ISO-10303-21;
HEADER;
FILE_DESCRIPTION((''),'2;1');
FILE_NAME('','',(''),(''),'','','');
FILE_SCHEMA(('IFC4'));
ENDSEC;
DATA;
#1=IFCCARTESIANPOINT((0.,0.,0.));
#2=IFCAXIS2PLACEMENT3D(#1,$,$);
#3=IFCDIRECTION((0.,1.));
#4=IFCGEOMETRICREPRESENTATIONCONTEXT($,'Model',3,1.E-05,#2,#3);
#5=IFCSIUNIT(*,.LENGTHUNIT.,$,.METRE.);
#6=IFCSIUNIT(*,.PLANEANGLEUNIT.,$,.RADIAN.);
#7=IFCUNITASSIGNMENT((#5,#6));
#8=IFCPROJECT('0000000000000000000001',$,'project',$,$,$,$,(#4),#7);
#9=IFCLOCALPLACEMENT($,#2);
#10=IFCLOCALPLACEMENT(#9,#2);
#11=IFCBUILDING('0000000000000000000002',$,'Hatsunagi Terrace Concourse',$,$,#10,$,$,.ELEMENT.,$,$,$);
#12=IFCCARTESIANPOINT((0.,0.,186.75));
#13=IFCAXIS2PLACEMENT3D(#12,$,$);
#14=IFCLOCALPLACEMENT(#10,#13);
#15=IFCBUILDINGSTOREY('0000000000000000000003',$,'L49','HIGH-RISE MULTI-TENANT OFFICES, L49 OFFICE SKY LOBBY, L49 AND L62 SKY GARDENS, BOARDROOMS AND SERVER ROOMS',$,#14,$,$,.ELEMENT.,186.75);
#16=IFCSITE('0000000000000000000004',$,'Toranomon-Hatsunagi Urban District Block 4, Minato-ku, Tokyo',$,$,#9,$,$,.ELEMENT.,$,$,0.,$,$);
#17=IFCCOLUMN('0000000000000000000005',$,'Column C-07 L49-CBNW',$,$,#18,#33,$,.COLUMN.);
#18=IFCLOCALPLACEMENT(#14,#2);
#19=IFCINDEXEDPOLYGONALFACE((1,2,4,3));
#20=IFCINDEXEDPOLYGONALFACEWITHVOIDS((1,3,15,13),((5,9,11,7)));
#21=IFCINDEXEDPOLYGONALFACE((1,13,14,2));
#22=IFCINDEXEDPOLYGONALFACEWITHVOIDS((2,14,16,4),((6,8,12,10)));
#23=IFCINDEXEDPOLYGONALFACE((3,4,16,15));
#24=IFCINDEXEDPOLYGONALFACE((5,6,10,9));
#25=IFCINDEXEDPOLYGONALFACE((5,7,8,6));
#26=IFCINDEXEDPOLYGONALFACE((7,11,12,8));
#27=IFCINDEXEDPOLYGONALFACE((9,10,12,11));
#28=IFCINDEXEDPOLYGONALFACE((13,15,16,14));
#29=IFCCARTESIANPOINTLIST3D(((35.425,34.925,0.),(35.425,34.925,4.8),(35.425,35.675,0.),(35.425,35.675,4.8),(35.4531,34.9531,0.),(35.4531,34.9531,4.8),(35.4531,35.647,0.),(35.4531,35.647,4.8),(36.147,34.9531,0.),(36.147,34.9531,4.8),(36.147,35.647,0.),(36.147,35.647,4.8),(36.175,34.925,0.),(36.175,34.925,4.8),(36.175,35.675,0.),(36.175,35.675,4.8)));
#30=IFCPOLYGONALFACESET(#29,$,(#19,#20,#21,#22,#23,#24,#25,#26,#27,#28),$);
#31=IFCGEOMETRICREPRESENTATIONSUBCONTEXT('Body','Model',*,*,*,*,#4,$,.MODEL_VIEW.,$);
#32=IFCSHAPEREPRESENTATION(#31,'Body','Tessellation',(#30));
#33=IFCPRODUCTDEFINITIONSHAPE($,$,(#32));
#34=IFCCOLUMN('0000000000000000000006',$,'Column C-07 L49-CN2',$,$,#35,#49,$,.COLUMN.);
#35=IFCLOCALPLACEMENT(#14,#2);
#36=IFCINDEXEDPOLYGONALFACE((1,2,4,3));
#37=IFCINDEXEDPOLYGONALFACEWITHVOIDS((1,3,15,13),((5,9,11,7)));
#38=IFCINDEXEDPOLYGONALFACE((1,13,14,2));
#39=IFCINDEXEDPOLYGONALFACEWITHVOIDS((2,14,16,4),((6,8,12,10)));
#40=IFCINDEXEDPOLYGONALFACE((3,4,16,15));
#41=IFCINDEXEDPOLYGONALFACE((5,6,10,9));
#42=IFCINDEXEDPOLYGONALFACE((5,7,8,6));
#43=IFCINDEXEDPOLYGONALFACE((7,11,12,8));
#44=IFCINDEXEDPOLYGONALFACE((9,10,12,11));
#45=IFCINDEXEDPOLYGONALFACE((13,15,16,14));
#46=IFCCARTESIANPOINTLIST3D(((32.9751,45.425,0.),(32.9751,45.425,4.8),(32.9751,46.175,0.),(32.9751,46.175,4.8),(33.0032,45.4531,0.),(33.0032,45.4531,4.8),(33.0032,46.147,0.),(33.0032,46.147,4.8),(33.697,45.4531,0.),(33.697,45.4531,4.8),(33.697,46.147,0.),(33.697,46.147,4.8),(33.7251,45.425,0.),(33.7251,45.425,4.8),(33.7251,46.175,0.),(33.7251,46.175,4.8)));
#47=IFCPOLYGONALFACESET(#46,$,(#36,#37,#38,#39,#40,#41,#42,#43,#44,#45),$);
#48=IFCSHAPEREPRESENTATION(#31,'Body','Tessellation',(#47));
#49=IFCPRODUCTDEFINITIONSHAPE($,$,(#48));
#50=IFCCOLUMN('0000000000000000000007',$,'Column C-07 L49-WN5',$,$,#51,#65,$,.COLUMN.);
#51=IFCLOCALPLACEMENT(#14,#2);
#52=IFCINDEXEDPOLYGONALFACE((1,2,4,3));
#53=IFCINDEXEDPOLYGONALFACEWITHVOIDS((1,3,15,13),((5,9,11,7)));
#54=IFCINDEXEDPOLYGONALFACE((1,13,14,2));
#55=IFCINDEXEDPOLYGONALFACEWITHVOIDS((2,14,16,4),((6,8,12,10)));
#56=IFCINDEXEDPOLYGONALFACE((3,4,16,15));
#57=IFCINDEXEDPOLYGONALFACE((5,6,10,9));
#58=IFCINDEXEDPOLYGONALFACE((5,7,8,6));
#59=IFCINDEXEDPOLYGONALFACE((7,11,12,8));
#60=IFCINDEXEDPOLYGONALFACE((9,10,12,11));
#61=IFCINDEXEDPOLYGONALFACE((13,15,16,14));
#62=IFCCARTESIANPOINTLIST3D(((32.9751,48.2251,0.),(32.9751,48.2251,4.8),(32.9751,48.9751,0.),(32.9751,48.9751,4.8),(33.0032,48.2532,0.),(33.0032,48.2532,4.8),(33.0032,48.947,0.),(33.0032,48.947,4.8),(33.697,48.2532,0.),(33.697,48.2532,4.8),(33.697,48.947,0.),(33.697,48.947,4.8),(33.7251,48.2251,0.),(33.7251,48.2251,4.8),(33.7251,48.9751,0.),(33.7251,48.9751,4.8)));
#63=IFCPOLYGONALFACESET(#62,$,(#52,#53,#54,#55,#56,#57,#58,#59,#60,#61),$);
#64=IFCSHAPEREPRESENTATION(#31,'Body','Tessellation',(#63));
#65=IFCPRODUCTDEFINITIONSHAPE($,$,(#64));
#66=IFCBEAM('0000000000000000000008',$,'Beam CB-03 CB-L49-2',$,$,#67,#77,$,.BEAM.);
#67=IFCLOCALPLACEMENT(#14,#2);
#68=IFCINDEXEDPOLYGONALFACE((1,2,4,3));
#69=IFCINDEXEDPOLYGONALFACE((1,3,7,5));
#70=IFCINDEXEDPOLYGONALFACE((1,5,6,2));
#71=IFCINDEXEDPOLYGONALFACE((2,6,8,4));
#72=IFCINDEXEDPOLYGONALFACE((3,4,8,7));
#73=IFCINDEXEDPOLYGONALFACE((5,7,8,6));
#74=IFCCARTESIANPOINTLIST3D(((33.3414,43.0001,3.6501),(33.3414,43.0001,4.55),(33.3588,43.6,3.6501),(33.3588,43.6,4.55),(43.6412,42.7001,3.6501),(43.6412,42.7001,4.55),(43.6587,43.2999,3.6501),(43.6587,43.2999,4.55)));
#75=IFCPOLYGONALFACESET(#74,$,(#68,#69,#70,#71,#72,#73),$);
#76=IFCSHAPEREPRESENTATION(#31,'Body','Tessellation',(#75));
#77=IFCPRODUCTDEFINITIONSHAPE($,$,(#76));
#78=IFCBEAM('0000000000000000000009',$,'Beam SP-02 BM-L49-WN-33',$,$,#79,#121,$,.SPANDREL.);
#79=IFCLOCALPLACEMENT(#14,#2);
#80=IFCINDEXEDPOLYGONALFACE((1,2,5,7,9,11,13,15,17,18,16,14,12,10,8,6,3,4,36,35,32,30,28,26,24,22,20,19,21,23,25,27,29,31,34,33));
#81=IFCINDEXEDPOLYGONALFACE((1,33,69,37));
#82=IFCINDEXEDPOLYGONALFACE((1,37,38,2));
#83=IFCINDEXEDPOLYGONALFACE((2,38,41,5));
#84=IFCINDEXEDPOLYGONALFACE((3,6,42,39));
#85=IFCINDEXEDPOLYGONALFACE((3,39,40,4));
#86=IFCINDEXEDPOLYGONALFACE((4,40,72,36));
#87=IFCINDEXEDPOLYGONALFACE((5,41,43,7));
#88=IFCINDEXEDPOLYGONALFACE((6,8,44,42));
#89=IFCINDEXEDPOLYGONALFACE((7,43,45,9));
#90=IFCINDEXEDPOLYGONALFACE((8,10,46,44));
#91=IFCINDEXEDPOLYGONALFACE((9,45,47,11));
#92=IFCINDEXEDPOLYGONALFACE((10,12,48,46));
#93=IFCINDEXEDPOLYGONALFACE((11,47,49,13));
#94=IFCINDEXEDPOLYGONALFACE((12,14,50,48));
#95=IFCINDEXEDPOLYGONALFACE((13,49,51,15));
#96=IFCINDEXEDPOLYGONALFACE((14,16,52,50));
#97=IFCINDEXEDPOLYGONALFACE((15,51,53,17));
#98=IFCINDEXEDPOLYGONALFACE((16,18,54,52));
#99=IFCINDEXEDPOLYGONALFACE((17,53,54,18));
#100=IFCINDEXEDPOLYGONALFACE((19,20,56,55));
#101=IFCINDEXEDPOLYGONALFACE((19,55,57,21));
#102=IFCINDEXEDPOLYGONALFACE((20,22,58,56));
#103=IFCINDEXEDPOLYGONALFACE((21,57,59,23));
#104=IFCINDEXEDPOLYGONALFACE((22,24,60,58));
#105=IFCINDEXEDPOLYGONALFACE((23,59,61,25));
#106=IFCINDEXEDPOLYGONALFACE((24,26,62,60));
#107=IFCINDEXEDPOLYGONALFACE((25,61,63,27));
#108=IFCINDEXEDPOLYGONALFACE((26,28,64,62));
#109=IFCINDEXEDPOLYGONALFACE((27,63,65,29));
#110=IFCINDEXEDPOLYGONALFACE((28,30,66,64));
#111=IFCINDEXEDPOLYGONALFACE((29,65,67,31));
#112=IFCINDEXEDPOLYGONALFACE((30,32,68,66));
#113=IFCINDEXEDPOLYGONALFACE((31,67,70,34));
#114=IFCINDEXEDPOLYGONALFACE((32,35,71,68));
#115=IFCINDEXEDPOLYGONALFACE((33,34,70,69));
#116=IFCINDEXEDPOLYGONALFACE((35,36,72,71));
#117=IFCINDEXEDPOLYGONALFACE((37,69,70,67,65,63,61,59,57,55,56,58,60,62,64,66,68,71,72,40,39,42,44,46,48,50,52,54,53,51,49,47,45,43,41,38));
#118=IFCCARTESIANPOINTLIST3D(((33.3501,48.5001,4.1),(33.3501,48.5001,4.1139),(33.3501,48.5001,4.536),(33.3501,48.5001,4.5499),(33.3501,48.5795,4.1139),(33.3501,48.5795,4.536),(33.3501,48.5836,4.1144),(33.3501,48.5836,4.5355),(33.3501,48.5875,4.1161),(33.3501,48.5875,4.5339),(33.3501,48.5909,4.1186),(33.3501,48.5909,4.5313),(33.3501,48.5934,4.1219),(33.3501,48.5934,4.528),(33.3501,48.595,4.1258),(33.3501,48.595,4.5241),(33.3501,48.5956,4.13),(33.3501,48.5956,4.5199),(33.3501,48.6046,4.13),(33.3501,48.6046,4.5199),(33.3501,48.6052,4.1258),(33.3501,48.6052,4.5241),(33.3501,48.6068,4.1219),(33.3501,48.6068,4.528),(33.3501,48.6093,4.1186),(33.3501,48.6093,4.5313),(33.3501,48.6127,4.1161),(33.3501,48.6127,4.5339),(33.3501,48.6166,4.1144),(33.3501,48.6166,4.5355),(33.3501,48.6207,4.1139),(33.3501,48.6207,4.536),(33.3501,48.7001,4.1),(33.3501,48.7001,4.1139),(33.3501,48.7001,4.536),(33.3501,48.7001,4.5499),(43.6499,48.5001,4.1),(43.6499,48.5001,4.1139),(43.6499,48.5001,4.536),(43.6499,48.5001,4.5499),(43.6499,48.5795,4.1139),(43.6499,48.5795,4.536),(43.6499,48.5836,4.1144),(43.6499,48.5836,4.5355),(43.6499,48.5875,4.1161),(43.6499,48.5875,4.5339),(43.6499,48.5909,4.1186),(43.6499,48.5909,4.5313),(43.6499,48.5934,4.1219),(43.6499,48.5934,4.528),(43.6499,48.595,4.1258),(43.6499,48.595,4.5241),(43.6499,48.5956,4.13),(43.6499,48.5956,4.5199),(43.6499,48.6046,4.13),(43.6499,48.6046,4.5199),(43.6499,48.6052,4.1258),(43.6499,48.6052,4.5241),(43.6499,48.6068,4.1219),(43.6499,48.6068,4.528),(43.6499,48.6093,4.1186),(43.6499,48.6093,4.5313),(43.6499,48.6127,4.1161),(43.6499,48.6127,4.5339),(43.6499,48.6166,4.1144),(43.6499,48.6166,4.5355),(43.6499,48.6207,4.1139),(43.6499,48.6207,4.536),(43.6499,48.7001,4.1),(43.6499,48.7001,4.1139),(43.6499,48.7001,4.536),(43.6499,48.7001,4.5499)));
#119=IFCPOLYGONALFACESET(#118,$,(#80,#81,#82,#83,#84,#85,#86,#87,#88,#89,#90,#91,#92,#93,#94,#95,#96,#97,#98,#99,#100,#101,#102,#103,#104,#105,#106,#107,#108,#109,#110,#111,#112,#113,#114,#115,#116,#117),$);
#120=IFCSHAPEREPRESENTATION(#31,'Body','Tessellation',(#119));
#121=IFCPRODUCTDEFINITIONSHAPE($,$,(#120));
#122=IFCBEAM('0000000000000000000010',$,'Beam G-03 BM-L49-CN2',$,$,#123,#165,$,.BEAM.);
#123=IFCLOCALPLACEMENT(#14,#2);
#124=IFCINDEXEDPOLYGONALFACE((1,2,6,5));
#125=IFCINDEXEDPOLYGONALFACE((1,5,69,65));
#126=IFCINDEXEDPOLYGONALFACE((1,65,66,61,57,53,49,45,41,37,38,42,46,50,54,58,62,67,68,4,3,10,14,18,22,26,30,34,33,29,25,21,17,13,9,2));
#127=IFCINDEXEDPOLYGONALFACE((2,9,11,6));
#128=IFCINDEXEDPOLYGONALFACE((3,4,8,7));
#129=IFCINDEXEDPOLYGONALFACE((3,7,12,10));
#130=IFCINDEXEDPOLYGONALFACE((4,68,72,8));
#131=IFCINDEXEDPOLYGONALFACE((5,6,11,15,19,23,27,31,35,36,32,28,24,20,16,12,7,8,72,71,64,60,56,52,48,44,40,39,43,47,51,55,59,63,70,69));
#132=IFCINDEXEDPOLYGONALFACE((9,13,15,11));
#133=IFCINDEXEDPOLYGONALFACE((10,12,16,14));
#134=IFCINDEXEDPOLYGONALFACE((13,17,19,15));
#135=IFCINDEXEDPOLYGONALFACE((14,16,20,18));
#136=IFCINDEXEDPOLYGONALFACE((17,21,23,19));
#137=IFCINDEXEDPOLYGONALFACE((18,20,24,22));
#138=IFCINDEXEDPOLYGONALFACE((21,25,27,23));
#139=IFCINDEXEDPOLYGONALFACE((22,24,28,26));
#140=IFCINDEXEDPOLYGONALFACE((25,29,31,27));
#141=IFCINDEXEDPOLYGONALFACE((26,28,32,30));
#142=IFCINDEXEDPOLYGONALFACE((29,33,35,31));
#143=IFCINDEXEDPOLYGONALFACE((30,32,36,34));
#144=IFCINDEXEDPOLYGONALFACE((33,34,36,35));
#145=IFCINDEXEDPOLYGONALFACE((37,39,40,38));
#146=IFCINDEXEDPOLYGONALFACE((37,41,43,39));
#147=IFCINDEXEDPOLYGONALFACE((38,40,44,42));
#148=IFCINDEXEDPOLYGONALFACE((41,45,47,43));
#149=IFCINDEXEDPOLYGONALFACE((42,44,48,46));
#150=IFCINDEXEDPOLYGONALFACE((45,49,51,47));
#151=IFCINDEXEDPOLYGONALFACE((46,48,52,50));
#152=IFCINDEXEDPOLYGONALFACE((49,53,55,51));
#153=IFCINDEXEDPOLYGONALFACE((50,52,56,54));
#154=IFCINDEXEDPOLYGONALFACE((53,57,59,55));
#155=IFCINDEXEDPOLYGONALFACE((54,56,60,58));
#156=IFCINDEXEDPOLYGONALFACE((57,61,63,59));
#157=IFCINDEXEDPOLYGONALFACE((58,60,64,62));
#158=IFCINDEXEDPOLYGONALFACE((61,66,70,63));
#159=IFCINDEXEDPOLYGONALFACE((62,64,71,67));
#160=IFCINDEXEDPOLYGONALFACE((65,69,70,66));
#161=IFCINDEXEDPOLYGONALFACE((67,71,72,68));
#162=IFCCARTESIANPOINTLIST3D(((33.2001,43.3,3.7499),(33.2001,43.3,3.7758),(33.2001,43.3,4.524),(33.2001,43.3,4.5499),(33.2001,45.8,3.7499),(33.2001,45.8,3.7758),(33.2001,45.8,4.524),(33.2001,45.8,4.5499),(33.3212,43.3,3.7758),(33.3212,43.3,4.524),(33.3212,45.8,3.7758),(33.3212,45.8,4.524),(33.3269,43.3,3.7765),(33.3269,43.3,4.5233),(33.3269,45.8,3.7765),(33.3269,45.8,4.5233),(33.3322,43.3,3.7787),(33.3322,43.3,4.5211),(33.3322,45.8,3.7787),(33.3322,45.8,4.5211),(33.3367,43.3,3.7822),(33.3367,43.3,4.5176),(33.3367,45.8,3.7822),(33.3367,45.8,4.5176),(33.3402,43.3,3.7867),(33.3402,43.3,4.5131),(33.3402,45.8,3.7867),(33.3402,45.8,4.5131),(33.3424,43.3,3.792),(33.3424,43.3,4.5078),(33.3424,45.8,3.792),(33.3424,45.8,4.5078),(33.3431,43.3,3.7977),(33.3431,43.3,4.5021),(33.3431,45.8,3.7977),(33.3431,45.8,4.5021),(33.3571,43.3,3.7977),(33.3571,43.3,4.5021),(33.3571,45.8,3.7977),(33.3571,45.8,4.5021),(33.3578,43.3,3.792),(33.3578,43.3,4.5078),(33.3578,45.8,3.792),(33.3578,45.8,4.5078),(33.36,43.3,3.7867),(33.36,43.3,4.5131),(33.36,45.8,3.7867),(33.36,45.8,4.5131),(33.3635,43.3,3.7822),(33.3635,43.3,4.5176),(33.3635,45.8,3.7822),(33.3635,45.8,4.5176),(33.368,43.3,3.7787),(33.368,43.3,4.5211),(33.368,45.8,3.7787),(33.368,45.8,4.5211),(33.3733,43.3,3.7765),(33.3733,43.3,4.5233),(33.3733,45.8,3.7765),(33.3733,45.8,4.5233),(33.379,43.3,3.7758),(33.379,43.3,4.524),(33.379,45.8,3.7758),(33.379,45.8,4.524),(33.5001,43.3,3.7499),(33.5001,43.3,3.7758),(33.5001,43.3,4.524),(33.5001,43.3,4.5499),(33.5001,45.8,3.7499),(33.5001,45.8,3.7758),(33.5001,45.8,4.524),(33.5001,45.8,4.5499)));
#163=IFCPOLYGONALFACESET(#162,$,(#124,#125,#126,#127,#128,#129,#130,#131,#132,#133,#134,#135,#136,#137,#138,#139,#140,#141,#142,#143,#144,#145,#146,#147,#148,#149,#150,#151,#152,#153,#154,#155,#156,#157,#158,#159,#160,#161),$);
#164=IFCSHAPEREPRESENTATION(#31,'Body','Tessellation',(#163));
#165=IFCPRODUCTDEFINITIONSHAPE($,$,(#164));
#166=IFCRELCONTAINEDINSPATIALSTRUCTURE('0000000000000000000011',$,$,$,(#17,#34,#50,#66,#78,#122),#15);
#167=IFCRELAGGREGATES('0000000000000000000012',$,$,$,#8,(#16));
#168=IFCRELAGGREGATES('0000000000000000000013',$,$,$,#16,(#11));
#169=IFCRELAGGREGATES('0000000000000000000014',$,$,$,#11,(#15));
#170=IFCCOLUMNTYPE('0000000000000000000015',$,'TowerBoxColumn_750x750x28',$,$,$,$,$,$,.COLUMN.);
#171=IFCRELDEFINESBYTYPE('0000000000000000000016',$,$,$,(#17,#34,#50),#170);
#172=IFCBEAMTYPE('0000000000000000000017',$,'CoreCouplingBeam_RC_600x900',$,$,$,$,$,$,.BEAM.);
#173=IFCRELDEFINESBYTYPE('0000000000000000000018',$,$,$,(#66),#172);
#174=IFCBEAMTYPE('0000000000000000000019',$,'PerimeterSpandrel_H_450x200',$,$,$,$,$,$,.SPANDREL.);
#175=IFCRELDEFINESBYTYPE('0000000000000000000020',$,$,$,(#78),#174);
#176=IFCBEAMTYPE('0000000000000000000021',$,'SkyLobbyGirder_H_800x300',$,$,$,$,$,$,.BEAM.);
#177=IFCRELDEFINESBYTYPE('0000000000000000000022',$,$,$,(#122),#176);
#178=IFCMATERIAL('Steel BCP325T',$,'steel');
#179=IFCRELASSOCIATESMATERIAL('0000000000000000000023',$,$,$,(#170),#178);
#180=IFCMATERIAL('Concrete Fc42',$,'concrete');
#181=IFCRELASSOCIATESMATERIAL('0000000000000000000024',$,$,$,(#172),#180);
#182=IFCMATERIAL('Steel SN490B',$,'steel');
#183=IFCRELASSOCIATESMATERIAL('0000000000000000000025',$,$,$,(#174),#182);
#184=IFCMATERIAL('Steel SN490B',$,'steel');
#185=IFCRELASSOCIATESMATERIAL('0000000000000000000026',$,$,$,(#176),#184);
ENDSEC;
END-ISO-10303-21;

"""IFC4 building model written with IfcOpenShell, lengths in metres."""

from ifc_helpers import new_model, si_unit, direction, frame, origin, origin_2d, place, context, subcontext, project, spatial, rectangle, hollow_rectangle, i_section, extrude, material, material_profile, profile_set, type_object, element, save


model = new_model("IFC4")

# Units and contexts
model_context = context("Model", 3, precision=1e-05, world=origin(), true_north=direction((0.0, 1.0)))
body_context = subcontext(model_context, "Body", "Model", "MODEL_VIEW")
ifc_project = project(units=[si_unit("LENGTHUNIT", "METRE"), si_unit("PLANEANGLEUNIT", "RADIAN")], contexts=[model_context])

# Site, building, storey
site_placement = place(None, origin())
site = spatial("IfcSite", under=ifc_project, at=site_placement, Name="Toranomon-Hatsunagi Urban District Block 4, Minato-ku, Tokyo", CompositionType="ELEMENT", RefElevation=0.0)
building_placement = place(site_placement, origin())
building = spatial("IfcBuilding", under=site, at=building_placement, Name="Hatsunagi Terrace Concourse", CompositionType="ELEMENT")
storey_placement = place(building_placement, frame((0.0, 0.0, 186.75)))
storey = spatial("IfcBuildingStorey", under=building, at=storey_placement, Name="L49", Description="HIGH-RISE MULTI-TENANT OFFICES, L49 OFFICE SKY LOBBY, L49 AND L62 SKY GARDENS, BOARDROOMS AND SERVER ROOMS", CompositionType="ELEMENT", Elevation=186.75)

# Columns
ifc_material_1 = material(Name="Steel BCP325T", Category="steel")
ifc_material_profile_1 = material_profile(ifc_material_1, hollow_rectangle(XDim=0.75, YDim=0.75, WallThickness=0.0281, at=origin_2d()), Name="BCP-750x750x28")
ifc_profile_set_1 = profile_set([ifc_material_profile_1], Name="Steel BCP325T")
column_type = type_object("IfcColumnType", Name="TowerBoxColumn_750x750x28", PredefinedType="COLUMN", material=ifc_profile_set_1)
for number, where, z_axis, x_axis, name in (
    (1, (35.8, 35.3, 0.0), (0.0, 0.0, 1.0), (1.0, 0.0, 0.0), "Column C-07 L49-CBNW"),
    (2, (33.3501, 45.8, 0.0), (0.0, 0.0, 1.0), (1.0, 0.0, 0.0), "Column C-07 L49-CN2"),
    (3, (33.3501, 48.6001, 0.0), (0.0, 0.0, 1.0), (1.0, 0.0, 0.0), "Column C-07 L49-WN5"),
):
    element("IfcColumn", number, at=place(storey_placement, frame(where, z_axis=z_axis, x_axis=x_axis)), inside=storey, type_object=column_type, Name=name, PredefinedType="COLUMN", context=body_context, shape_type="SweptSolid", body=[
        extrude(hollow_rectangle(XDim=0.75, YDim=0.75, WallThickness=0.0281, at=origin_2d()), origin(), (0.0, 0.0, 1.0), 4.8),
    ])

# Beams
ifc_material_2 = material(Name="Concrete Fc42", Category="concrete")
ifc_material_profile_2 = material_profile(ifc_material_2, rectangle(XDim=0.6001, YDim=0.8999, at=origin_2d()), Name="RC-600x900")
ifc_profile_set_2 = profile_set([ifc_material_profile_2], Name="Concrete Fc42")
beam_type_1 = type_object("IfcBeamType", Name="CoreCouplingBeam_RC_600x900", PredefinedType="BEAM", material=ifc_profile_set_2)
beam_1_placement = place(storey_placement, frame((33.3501, 43.3, 4.1001), z_axis=(0.999576, -0.029119, 0.0), x_axis=(0.029119, 0.999576, 0.0)))
element("IfcBeam", 4, at=beam_1_placement, inside=storey, type_object=beam_type_1, Name="Beam CB-03 CB-L49-2", PredefinedType="BEAM", context=body_context, shape_type="SweptSolid", body=[
    extrude(rectangle(XDim=0.6001, YDim=0.8999, at=origin_2d()), origin(), (0.0, 0.0, 1.0), 10.3042),
])
ifc_material_3 = material(Name="Steel SN490B", Category="steel")
ifc_material_profile_3 = material_profile(ifc_material_3, i_section(OverallWidth=0.2, OverallDepth=0.45, WebThickness=0.009, FlangeThickness=0.0139, FilletRadius=0.0161, at=origin_2d()), Name="H-450x200x9x14")
ifc_profile_set_3 = profile_set([ifc_material_profile_3], Name="Steel SN490B")
beam_type_2 = type_object("IfcBeamType", Name="PerimeterSpandrel_H_450x200", PredefinedType="SPANDREL", material=ifc_profile_set_3)
beam_2_placement = place(storey_placement, frame((33.3501, 48.6001, 4.325), z_axis=(1.0, 0.0, 0.0), x_axis=(0.0, 1.0, 0.0)))
element("IfcBeam", 5, at=beam_2_placement, inside=storey, type_object=beam_type_2, Name="Beam SP-02 BM-L49-WN-33", PredefinedType="SPANDREL", context=body_context, shape_type="SweptSolid", body=[
    extrude(i_section(OverallWidth=0.2, OverallDepth=0.45, WebThickness=0.009, FlangeThickness=0.0139, FilletRadius=0.0161, at=origin_2d()), origin(), (0.0, 0.0, 1.0), 10.2998),
])
ifc_material_4 = material(Name="Steel SN490B", Category="steel")
ifc_material_profile_4 = material_profile(ifc_material_4, i_section(OverallWidth=0.3, OverallDepth=0.8, WebThickness=0.0139, FlangeThickness=0.0259, FilletRadius=0.022, at=origin_2d()), Name="H-800x300x14x26")
ifc_profile_set_4 = profile_set([ifc_material_profile_4], Name="Steel SN490B")
beam_type_3 = type_object("IfcBeamType", Name="SkyLobbyGirder_H_800x300", PredefinedType="BEAM", material=ifc_profile_set_4)
beam_3_placement = place(storey_placement, frame((33.3501, 43.3, 4.1499), z_axis=(0.0, 1.0, 0.0), x_axis=(-1.0, 0.0, 0.0)))
element("IfcBeam", 6, at=beam_3_placement, inside=storey, type_object=beam_type_3, Name="Beam G-03 BM-L49-CN2", PredefinedType="BEAM", context=body_context, shape_type="SweptSolid", body=[
    extrude(i_section(OverallWidth=0.3, OverallDepth=0.8, WebThickness=0.0139, FlangeThickness=0.0259, FilletRadius=0.022, at=origin_2d()), origin(), (0.0, 0.0, 1.0), 2.5),
])

save(model, "model.ifc")
